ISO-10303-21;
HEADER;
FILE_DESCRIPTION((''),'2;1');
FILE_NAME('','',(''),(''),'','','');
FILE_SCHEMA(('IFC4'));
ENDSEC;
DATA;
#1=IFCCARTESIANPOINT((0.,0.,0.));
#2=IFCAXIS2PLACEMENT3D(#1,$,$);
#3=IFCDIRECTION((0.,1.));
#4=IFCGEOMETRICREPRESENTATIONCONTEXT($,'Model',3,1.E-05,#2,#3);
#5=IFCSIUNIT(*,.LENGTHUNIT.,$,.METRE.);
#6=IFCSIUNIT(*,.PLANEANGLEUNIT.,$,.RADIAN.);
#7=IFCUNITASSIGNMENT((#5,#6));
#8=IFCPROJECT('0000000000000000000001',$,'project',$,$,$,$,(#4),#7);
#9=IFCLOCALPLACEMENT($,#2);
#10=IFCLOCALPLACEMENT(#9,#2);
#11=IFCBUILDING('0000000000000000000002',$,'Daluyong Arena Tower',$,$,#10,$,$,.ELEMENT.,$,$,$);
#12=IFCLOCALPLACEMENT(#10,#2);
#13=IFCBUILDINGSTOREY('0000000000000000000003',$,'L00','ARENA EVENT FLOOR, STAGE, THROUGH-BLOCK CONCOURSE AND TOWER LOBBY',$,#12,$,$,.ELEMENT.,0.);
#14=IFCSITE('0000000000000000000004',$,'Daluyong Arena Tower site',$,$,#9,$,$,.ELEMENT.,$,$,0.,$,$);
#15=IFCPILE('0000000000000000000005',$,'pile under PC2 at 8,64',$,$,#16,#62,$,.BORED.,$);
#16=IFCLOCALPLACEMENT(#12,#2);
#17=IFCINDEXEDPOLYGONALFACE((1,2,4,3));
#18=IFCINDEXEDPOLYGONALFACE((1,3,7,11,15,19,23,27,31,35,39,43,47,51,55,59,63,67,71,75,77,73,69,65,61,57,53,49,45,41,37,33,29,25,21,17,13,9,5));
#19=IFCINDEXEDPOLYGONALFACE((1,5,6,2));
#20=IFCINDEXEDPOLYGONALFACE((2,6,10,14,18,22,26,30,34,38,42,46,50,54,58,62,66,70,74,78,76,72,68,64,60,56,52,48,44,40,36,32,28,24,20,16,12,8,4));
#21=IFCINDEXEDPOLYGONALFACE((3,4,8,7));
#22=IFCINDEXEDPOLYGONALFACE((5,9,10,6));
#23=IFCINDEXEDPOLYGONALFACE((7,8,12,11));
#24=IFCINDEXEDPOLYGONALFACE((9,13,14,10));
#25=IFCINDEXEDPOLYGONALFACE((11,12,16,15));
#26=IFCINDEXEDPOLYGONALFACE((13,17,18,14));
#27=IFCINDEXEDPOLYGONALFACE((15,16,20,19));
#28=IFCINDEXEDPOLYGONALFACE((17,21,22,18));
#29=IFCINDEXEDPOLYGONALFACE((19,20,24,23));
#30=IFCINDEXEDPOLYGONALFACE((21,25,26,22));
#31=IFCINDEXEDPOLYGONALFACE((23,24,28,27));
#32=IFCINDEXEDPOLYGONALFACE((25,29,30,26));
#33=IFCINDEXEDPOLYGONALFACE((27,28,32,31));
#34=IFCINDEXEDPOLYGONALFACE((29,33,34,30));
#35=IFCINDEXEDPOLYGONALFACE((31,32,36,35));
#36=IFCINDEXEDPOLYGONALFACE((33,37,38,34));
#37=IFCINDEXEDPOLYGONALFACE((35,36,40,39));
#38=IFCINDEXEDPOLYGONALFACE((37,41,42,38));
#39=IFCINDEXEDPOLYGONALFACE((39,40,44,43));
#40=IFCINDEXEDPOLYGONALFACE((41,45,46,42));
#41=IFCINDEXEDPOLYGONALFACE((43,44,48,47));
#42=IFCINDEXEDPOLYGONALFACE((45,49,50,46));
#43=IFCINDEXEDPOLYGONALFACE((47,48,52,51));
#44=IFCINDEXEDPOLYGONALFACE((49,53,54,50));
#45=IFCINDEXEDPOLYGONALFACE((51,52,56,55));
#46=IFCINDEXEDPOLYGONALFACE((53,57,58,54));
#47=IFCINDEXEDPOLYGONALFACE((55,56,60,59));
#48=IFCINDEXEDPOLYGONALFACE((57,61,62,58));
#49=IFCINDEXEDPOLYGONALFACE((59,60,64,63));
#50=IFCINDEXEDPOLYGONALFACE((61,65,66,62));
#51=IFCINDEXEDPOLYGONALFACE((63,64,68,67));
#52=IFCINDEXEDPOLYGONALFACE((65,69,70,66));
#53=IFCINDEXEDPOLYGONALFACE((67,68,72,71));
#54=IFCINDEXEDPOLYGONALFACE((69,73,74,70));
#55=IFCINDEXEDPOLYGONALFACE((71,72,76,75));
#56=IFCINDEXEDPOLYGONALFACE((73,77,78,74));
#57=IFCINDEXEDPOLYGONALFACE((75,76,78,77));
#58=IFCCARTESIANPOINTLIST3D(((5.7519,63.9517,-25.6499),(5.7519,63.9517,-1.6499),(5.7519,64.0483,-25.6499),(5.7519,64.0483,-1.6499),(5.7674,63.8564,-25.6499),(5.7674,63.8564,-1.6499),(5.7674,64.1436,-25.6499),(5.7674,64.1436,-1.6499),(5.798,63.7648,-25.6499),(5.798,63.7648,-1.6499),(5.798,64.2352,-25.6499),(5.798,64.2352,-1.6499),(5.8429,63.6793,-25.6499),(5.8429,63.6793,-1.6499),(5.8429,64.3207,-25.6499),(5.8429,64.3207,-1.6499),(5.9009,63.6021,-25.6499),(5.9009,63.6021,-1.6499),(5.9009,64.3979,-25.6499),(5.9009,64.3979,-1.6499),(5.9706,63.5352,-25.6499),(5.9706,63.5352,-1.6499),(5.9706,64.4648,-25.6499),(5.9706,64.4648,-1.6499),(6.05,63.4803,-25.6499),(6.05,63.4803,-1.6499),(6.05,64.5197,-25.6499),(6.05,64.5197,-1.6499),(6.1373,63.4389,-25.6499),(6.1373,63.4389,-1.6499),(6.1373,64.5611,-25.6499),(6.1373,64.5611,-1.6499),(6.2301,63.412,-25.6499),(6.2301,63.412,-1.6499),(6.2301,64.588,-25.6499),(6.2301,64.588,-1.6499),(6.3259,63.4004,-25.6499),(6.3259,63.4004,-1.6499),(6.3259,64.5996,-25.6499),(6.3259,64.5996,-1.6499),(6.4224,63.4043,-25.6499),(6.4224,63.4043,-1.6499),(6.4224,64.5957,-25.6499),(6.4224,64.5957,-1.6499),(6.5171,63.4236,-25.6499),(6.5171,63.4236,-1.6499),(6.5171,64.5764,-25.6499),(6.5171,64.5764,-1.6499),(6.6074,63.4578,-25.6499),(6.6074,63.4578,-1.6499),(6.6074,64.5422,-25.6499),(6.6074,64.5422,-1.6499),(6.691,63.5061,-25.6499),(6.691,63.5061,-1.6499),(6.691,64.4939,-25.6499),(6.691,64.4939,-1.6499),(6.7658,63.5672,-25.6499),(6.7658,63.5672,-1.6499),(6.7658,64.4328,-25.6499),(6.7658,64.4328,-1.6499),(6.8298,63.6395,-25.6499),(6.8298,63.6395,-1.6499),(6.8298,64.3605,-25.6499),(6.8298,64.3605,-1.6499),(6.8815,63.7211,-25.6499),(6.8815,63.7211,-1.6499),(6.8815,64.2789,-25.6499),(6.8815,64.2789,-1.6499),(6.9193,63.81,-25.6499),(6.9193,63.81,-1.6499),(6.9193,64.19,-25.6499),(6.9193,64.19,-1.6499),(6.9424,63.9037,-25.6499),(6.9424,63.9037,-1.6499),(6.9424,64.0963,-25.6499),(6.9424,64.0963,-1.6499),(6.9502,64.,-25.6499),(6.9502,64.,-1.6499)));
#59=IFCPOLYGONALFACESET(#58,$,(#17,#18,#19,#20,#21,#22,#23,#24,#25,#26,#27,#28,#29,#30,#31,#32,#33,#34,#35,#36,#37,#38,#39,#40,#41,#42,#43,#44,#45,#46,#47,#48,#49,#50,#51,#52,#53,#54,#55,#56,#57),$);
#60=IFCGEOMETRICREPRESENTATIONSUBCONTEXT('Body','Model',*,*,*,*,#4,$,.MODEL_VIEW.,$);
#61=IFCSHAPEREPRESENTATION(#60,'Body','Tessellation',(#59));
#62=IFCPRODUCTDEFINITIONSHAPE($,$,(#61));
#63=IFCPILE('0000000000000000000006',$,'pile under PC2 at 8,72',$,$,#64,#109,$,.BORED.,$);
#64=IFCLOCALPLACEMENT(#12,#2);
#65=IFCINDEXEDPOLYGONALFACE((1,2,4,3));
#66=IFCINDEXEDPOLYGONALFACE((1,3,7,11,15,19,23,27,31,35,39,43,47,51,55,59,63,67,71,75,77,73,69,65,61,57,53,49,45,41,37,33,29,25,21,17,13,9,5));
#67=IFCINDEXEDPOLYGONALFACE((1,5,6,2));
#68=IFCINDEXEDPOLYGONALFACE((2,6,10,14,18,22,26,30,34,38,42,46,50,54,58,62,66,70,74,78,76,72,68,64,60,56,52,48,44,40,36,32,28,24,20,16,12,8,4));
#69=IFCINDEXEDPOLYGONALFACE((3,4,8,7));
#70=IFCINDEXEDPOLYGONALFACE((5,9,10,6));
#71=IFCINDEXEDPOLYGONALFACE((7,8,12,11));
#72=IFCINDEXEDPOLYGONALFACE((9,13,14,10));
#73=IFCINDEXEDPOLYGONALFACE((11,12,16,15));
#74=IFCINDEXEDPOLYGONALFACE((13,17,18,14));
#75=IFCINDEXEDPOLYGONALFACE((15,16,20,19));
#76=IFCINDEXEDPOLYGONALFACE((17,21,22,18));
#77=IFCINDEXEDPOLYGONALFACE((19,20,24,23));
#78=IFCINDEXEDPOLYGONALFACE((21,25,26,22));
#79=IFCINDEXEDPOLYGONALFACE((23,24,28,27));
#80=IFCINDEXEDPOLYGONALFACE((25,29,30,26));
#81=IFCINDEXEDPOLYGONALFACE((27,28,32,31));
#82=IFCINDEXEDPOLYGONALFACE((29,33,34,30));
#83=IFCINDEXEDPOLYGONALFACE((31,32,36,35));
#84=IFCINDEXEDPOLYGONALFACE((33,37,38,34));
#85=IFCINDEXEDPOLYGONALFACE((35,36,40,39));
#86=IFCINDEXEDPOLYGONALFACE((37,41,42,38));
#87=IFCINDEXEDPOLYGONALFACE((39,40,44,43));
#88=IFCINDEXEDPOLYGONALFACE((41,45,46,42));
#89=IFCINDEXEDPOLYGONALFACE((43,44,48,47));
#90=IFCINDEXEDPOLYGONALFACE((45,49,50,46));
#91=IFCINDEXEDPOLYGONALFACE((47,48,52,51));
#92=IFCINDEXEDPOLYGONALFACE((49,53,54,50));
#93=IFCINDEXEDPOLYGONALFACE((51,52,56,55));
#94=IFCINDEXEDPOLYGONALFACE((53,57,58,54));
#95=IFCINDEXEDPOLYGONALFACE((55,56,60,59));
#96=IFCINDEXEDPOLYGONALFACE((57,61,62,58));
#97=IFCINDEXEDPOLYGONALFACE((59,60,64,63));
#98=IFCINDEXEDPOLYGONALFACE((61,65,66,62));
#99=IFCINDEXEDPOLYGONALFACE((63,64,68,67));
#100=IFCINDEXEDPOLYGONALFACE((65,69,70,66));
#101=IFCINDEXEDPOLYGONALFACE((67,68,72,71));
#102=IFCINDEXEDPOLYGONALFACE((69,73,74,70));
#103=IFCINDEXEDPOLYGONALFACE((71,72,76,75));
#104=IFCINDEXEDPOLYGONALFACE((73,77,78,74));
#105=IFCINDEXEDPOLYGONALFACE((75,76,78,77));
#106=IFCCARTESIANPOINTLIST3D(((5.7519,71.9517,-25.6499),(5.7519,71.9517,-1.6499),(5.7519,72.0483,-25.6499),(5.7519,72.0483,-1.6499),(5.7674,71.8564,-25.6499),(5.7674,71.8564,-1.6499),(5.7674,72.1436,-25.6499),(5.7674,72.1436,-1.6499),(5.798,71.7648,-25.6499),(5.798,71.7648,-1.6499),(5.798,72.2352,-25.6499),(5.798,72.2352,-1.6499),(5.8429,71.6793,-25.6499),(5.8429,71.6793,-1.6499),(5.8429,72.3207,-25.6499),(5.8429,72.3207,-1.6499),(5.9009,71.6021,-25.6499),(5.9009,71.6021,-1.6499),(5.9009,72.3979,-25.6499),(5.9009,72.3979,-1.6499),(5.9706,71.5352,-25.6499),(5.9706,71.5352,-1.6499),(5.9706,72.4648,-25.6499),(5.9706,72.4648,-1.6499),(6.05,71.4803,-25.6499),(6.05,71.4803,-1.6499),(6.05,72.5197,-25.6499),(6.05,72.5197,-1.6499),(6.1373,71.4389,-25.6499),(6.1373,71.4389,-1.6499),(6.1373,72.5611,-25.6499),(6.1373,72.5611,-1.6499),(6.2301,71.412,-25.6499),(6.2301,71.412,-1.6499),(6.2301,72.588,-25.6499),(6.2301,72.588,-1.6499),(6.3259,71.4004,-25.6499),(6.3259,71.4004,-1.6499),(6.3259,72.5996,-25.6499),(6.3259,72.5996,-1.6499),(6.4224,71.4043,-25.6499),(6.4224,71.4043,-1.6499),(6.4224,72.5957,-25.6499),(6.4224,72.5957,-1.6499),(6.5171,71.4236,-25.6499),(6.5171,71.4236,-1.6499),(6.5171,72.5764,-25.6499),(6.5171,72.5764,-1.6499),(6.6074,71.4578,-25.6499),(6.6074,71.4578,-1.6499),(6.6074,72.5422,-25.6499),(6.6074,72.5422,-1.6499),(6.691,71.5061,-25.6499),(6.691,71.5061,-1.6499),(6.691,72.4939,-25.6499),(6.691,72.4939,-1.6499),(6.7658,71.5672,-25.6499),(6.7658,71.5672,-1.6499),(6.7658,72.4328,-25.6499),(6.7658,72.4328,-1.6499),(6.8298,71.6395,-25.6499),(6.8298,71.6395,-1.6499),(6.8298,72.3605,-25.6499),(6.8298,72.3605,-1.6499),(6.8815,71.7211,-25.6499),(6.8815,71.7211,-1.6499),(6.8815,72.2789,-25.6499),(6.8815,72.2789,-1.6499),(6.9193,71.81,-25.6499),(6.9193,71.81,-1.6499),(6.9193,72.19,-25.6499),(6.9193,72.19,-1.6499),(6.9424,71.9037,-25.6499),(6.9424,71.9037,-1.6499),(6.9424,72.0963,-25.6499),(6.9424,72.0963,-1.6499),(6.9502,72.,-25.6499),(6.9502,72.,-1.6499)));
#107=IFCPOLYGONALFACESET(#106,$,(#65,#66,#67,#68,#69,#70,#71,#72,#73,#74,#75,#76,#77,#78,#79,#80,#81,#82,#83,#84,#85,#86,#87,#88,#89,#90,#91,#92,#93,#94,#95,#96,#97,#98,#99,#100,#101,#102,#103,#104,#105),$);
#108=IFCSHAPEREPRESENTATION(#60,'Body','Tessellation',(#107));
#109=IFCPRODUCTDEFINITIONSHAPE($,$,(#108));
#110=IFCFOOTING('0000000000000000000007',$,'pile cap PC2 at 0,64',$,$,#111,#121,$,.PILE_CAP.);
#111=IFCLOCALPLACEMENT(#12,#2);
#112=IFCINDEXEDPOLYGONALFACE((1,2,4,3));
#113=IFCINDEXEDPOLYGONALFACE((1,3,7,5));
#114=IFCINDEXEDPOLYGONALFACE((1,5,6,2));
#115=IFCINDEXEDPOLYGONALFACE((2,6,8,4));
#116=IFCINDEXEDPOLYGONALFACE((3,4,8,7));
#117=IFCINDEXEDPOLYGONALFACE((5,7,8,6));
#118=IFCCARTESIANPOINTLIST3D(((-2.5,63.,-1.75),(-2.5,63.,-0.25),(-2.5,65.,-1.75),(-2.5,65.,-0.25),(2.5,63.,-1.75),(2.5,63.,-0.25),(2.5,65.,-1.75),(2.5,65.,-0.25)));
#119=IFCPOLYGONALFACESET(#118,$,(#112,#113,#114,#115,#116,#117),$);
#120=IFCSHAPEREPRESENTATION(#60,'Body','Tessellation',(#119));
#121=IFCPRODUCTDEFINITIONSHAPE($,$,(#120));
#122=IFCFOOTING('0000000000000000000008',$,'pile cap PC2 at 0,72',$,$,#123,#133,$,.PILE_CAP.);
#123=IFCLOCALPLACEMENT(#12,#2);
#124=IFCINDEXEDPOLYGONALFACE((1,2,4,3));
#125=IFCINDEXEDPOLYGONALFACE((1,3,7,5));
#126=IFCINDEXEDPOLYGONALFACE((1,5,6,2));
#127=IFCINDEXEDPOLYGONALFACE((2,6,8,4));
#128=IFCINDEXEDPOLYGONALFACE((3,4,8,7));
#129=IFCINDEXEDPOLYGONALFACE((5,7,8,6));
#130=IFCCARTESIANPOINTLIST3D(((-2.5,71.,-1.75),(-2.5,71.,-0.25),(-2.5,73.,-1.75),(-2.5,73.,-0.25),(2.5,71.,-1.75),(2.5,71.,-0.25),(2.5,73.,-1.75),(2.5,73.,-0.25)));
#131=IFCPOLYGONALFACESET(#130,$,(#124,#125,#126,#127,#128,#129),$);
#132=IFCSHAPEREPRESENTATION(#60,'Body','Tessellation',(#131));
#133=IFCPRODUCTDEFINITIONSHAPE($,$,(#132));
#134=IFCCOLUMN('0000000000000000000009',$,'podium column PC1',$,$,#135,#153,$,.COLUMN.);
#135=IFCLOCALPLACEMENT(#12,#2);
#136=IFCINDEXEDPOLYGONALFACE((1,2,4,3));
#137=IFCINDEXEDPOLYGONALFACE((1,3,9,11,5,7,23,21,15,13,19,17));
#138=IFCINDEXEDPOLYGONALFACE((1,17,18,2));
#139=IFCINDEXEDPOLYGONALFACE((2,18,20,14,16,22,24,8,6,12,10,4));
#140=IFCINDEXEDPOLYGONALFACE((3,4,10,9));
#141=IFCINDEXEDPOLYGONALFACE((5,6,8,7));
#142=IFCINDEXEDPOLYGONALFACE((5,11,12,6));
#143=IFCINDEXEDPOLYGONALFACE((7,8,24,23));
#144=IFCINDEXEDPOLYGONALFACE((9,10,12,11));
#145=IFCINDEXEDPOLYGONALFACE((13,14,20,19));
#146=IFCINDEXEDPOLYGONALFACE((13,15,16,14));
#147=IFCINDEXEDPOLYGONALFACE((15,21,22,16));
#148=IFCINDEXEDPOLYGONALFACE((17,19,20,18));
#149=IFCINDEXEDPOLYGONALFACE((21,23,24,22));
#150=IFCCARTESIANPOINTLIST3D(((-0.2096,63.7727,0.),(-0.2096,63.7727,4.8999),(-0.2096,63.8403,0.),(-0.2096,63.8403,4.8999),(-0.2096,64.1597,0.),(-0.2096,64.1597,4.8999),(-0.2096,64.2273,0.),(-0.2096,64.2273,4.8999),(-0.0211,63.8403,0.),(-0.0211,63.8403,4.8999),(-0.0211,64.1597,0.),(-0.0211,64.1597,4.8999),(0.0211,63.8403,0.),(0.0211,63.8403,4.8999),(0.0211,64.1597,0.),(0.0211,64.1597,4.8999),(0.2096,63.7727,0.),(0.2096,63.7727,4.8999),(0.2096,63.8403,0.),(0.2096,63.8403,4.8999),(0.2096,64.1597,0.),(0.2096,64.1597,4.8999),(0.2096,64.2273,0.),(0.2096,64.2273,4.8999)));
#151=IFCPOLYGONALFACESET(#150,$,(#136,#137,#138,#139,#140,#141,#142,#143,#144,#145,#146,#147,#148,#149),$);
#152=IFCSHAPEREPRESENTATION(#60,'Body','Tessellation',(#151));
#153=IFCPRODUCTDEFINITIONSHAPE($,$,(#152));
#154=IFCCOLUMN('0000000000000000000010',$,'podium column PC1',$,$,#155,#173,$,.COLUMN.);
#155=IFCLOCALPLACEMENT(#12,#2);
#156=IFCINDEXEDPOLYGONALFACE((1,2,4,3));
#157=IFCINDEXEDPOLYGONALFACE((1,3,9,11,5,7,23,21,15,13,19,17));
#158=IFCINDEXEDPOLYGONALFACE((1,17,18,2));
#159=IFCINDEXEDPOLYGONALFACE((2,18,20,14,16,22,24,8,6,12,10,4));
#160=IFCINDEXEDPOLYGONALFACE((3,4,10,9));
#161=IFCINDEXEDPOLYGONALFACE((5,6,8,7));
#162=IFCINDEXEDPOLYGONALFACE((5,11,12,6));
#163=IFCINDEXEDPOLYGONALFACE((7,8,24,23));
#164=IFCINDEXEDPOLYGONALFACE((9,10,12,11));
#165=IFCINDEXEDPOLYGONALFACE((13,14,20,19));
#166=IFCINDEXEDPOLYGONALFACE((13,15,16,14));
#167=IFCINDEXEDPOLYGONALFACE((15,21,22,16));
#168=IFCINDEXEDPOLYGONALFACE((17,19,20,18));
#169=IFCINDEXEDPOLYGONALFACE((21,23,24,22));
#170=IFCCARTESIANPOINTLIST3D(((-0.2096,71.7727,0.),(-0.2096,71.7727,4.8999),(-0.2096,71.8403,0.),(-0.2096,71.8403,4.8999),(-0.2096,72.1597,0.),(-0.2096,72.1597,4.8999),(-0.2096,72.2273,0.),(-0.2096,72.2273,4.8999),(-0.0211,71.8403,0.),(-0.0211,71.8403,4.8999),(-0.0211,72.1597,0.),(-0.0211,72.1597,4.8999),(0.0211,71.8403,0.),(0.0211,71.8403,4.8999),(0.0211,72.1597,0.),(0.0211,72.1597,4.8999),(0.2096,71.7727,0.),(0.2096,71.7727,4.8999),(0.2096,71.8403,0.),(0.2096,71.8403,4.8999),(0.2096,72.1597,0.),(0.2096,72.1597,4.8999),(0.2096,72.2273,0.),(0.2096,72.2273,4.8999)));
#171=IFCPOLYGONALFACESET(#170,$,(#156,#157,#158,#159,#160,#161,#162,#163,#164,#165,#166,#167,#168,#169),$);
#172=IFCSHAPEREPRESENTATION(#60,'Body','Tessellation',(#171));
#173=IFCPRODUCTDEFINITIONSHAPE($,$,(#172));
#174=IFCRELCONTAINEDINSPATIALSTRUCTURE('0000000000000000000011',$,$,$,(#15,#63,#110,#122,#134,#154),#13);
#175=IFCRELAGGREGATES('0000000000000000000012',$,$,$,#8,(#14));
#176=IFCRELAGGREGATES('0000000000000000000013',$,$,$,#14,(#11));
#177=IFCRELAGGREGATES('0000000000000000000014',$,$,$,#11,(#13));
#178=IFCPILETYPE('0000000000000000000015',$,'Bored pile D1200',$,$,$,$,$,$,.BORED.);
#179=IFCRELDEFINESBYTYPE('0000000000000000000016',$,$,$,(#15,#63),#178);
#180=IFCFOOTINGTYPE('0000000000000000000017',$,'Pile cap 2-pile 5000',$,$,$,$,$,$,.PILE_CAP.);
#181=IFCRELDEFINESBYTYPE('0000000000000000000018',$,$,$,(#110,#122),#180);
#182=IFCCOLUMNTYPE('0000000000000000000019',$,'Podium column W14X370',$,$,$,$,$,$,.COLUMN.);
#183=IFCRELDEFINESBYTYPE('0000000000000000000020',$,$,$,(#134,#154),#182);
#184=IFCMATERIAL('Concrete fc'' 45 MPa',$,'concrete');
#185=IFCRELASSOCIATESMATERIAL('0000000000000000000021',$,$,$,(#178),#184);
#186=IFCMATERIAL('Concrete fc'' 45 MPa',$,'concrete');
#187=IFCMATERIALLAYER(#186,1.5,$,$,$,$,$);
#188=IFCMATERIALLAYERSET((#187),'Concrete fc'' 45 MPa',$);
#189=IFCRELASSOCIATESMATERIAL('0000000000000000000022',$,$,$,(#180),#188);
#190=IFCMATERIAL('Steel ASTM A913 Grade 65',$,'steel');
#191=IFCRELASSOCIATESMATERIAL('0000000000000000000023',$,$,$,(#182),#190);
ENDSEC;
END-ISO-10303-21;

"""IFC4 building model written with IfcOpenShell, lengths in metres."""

from ifc_helpers import new_model, si_unit, direction, frame, origin, origin_2d, place, context, subcontext, project, spatial, rectangle, circle, i_section, extrude, material, layer, layer_set, material_profile, profile_set, type_object, element, save


model = new_model("IFC4")

# Units and contexts
model_context = context("Model", 3, precision=1e-05, world=origin(), true_north=direction((0.0, 1.0)))
body_context = subcontext(model_context, "Body", "Model", "MODEL_VIEW")
ifc_project = project(units=[si_unit("LENGTHUNIT", "METRE"), si_unit("PLANEANGLEUNIT", "RADIAN")], contexts=[model_context])

# Site, building, storey
site_placement = place(None, origin())
site = spatial("IfcSite", under=ifc_project, at=site_placement, Name="Daluyong Arena Tower site", CompositionType="ELEMENT", RefElevation=0.0)
building_placement = place(site_placement, origin())
building = spatial("IfcBuilding", under=site, at=building_placement, Name="Daluyong Arena Tower", CompositionType="ELEMENT")
storey_placement = place(building_placement, origin())
storey = spatial("IfcBuildingStorey", under=building, at=storey_placement, Name="L00", Description="ARENA EVENT FLOOR, STAGE, THROUGH-BLOCK CONCOURSE AND TOWER LOBBY", CompositionType="ELEMENT", Elevation=0.0)

# Piles
ifc_material_1 = material(Name="Concrete fc' 45 MPa", Category="concrete")
pile_type = type_object("IfcPileType", Name="Bored pile D1200", PredefinedType="BORED", material=ifc_material_1)
for number, where, z_axis, x_axis, name in (
    (1, (6.3501, 64.0, -1.6499), (0.0, 0.0, -1.0), (1.0, 0.0, 0.0), "pile under PC2 at 8,64"),
    (2, (6.3501, 72.0, -1.6499), (0.0, 0.0, -1.0), (1.0, 0.0, 0.0), "pile under PC2 at 8,72"),
):
    element("IfcPile", number, at=place(storey_placement, frame(where, z_axis=z_axis, x_axis=x_axis)), inside=storey, type_object=pile_type, Name=name, PredefinedType="BORED", context=body_context, shape_type="SweptSolid", body=[
        extrude(circle(Radius=0.6001, at=origin_2d()), origin(), (0.0, 0.0, 1.0), 24.0),
    ])

# Footings
ifc_material_2 = material(Name="Concrete fc' 45 MPa", Category="concrete")
ifc_layer_1 = layer(ifc_material_2, 1.5)
ifc_layer_set_1 = layer_set([ifc_layer_1], Name="Concrete fc' 45 MPa")
footing_type = type_object("IfcFootingType", Name="Pile cap 2-pile 5000", PredefinedType="PILE_CAP", material=ifc_layer_set_1)
for number, where, z_axis, x_axis, name in (
    (3, (0.0, 64.0, -1.75), (0.0, 0.0, 1.0), (1.0, 0.0, 0.0), "pile cap PC2 at 0,64"),
    (4, (0.0, 72.0, -1.75), (0.0, 0.0, 1.0), (1.0, 0.0, 0.0), "pile cap PC2 at 0,72"),
):
    element("IfcFooting", number, at=place(storey_placement, frame(where, z_axis=z_axis, x_axis=x_axis)), inside=storey, type_object=footing_type, Name=name, PredefinedType="PILE_CAP", context=body_context, shape_type="SweptSolid", body=[
        extrude(rectangle(XDim=5.0, YDim=2.0, at=origin_2d()), origin(), (0.0, 0.0, 1.0), 1.5),
    ])

# Columns
ifc_material_3 = material(Name="Steel ASTM A913 Grade 65", Category="steel")
ifc_material_profile = material_profile(ifc_material_3, i_section(OverallWidth=0.4192, OverallDepth=0.4546, WebThickness=0.0422, FlangeThickness=0.0676, at=origin_2d()))
ifc_profile_set = profile_set([ifc_material_profile], Name="Steel ASTM A913 Grade 65")
column_type = type_object("IfcColumnType", Name="Podium column W14X370", PredefinedType="COLUMN", material=ifc_profile_set)
for number, where, z_axis, x_axis, name in (
    (5, (0.0, 64.0, 0.0), (0.0, 0.0, 1.0), (1.0, 0.0, 0.0), "podium column PC1"),
    (6, (0.0, 72.0, 0.0), (0.0, 0.0, 1.0), (1.0, 0.0, 0.0), "podium column PC1"),
):
    element("IfcColumn", number, at=place(storey_placement, frame(where, z_axis=z_axis, x_axis=x_axis)), inside=storey, type_object=column_type, Name=name, PredefinedType="COLUMN", context=body_context, shape_type="SweptSolid", body=[
        extrude(i_section(OverallWidth=0.4192, OverallDepth=0.4546, WebThickness=0.0422, FlangeThickness=0.0676, at=origin_2d()), origin(), (0.0, 0.0, 1.0), 4.8999),
    ])

save(model, "model.ifc")
